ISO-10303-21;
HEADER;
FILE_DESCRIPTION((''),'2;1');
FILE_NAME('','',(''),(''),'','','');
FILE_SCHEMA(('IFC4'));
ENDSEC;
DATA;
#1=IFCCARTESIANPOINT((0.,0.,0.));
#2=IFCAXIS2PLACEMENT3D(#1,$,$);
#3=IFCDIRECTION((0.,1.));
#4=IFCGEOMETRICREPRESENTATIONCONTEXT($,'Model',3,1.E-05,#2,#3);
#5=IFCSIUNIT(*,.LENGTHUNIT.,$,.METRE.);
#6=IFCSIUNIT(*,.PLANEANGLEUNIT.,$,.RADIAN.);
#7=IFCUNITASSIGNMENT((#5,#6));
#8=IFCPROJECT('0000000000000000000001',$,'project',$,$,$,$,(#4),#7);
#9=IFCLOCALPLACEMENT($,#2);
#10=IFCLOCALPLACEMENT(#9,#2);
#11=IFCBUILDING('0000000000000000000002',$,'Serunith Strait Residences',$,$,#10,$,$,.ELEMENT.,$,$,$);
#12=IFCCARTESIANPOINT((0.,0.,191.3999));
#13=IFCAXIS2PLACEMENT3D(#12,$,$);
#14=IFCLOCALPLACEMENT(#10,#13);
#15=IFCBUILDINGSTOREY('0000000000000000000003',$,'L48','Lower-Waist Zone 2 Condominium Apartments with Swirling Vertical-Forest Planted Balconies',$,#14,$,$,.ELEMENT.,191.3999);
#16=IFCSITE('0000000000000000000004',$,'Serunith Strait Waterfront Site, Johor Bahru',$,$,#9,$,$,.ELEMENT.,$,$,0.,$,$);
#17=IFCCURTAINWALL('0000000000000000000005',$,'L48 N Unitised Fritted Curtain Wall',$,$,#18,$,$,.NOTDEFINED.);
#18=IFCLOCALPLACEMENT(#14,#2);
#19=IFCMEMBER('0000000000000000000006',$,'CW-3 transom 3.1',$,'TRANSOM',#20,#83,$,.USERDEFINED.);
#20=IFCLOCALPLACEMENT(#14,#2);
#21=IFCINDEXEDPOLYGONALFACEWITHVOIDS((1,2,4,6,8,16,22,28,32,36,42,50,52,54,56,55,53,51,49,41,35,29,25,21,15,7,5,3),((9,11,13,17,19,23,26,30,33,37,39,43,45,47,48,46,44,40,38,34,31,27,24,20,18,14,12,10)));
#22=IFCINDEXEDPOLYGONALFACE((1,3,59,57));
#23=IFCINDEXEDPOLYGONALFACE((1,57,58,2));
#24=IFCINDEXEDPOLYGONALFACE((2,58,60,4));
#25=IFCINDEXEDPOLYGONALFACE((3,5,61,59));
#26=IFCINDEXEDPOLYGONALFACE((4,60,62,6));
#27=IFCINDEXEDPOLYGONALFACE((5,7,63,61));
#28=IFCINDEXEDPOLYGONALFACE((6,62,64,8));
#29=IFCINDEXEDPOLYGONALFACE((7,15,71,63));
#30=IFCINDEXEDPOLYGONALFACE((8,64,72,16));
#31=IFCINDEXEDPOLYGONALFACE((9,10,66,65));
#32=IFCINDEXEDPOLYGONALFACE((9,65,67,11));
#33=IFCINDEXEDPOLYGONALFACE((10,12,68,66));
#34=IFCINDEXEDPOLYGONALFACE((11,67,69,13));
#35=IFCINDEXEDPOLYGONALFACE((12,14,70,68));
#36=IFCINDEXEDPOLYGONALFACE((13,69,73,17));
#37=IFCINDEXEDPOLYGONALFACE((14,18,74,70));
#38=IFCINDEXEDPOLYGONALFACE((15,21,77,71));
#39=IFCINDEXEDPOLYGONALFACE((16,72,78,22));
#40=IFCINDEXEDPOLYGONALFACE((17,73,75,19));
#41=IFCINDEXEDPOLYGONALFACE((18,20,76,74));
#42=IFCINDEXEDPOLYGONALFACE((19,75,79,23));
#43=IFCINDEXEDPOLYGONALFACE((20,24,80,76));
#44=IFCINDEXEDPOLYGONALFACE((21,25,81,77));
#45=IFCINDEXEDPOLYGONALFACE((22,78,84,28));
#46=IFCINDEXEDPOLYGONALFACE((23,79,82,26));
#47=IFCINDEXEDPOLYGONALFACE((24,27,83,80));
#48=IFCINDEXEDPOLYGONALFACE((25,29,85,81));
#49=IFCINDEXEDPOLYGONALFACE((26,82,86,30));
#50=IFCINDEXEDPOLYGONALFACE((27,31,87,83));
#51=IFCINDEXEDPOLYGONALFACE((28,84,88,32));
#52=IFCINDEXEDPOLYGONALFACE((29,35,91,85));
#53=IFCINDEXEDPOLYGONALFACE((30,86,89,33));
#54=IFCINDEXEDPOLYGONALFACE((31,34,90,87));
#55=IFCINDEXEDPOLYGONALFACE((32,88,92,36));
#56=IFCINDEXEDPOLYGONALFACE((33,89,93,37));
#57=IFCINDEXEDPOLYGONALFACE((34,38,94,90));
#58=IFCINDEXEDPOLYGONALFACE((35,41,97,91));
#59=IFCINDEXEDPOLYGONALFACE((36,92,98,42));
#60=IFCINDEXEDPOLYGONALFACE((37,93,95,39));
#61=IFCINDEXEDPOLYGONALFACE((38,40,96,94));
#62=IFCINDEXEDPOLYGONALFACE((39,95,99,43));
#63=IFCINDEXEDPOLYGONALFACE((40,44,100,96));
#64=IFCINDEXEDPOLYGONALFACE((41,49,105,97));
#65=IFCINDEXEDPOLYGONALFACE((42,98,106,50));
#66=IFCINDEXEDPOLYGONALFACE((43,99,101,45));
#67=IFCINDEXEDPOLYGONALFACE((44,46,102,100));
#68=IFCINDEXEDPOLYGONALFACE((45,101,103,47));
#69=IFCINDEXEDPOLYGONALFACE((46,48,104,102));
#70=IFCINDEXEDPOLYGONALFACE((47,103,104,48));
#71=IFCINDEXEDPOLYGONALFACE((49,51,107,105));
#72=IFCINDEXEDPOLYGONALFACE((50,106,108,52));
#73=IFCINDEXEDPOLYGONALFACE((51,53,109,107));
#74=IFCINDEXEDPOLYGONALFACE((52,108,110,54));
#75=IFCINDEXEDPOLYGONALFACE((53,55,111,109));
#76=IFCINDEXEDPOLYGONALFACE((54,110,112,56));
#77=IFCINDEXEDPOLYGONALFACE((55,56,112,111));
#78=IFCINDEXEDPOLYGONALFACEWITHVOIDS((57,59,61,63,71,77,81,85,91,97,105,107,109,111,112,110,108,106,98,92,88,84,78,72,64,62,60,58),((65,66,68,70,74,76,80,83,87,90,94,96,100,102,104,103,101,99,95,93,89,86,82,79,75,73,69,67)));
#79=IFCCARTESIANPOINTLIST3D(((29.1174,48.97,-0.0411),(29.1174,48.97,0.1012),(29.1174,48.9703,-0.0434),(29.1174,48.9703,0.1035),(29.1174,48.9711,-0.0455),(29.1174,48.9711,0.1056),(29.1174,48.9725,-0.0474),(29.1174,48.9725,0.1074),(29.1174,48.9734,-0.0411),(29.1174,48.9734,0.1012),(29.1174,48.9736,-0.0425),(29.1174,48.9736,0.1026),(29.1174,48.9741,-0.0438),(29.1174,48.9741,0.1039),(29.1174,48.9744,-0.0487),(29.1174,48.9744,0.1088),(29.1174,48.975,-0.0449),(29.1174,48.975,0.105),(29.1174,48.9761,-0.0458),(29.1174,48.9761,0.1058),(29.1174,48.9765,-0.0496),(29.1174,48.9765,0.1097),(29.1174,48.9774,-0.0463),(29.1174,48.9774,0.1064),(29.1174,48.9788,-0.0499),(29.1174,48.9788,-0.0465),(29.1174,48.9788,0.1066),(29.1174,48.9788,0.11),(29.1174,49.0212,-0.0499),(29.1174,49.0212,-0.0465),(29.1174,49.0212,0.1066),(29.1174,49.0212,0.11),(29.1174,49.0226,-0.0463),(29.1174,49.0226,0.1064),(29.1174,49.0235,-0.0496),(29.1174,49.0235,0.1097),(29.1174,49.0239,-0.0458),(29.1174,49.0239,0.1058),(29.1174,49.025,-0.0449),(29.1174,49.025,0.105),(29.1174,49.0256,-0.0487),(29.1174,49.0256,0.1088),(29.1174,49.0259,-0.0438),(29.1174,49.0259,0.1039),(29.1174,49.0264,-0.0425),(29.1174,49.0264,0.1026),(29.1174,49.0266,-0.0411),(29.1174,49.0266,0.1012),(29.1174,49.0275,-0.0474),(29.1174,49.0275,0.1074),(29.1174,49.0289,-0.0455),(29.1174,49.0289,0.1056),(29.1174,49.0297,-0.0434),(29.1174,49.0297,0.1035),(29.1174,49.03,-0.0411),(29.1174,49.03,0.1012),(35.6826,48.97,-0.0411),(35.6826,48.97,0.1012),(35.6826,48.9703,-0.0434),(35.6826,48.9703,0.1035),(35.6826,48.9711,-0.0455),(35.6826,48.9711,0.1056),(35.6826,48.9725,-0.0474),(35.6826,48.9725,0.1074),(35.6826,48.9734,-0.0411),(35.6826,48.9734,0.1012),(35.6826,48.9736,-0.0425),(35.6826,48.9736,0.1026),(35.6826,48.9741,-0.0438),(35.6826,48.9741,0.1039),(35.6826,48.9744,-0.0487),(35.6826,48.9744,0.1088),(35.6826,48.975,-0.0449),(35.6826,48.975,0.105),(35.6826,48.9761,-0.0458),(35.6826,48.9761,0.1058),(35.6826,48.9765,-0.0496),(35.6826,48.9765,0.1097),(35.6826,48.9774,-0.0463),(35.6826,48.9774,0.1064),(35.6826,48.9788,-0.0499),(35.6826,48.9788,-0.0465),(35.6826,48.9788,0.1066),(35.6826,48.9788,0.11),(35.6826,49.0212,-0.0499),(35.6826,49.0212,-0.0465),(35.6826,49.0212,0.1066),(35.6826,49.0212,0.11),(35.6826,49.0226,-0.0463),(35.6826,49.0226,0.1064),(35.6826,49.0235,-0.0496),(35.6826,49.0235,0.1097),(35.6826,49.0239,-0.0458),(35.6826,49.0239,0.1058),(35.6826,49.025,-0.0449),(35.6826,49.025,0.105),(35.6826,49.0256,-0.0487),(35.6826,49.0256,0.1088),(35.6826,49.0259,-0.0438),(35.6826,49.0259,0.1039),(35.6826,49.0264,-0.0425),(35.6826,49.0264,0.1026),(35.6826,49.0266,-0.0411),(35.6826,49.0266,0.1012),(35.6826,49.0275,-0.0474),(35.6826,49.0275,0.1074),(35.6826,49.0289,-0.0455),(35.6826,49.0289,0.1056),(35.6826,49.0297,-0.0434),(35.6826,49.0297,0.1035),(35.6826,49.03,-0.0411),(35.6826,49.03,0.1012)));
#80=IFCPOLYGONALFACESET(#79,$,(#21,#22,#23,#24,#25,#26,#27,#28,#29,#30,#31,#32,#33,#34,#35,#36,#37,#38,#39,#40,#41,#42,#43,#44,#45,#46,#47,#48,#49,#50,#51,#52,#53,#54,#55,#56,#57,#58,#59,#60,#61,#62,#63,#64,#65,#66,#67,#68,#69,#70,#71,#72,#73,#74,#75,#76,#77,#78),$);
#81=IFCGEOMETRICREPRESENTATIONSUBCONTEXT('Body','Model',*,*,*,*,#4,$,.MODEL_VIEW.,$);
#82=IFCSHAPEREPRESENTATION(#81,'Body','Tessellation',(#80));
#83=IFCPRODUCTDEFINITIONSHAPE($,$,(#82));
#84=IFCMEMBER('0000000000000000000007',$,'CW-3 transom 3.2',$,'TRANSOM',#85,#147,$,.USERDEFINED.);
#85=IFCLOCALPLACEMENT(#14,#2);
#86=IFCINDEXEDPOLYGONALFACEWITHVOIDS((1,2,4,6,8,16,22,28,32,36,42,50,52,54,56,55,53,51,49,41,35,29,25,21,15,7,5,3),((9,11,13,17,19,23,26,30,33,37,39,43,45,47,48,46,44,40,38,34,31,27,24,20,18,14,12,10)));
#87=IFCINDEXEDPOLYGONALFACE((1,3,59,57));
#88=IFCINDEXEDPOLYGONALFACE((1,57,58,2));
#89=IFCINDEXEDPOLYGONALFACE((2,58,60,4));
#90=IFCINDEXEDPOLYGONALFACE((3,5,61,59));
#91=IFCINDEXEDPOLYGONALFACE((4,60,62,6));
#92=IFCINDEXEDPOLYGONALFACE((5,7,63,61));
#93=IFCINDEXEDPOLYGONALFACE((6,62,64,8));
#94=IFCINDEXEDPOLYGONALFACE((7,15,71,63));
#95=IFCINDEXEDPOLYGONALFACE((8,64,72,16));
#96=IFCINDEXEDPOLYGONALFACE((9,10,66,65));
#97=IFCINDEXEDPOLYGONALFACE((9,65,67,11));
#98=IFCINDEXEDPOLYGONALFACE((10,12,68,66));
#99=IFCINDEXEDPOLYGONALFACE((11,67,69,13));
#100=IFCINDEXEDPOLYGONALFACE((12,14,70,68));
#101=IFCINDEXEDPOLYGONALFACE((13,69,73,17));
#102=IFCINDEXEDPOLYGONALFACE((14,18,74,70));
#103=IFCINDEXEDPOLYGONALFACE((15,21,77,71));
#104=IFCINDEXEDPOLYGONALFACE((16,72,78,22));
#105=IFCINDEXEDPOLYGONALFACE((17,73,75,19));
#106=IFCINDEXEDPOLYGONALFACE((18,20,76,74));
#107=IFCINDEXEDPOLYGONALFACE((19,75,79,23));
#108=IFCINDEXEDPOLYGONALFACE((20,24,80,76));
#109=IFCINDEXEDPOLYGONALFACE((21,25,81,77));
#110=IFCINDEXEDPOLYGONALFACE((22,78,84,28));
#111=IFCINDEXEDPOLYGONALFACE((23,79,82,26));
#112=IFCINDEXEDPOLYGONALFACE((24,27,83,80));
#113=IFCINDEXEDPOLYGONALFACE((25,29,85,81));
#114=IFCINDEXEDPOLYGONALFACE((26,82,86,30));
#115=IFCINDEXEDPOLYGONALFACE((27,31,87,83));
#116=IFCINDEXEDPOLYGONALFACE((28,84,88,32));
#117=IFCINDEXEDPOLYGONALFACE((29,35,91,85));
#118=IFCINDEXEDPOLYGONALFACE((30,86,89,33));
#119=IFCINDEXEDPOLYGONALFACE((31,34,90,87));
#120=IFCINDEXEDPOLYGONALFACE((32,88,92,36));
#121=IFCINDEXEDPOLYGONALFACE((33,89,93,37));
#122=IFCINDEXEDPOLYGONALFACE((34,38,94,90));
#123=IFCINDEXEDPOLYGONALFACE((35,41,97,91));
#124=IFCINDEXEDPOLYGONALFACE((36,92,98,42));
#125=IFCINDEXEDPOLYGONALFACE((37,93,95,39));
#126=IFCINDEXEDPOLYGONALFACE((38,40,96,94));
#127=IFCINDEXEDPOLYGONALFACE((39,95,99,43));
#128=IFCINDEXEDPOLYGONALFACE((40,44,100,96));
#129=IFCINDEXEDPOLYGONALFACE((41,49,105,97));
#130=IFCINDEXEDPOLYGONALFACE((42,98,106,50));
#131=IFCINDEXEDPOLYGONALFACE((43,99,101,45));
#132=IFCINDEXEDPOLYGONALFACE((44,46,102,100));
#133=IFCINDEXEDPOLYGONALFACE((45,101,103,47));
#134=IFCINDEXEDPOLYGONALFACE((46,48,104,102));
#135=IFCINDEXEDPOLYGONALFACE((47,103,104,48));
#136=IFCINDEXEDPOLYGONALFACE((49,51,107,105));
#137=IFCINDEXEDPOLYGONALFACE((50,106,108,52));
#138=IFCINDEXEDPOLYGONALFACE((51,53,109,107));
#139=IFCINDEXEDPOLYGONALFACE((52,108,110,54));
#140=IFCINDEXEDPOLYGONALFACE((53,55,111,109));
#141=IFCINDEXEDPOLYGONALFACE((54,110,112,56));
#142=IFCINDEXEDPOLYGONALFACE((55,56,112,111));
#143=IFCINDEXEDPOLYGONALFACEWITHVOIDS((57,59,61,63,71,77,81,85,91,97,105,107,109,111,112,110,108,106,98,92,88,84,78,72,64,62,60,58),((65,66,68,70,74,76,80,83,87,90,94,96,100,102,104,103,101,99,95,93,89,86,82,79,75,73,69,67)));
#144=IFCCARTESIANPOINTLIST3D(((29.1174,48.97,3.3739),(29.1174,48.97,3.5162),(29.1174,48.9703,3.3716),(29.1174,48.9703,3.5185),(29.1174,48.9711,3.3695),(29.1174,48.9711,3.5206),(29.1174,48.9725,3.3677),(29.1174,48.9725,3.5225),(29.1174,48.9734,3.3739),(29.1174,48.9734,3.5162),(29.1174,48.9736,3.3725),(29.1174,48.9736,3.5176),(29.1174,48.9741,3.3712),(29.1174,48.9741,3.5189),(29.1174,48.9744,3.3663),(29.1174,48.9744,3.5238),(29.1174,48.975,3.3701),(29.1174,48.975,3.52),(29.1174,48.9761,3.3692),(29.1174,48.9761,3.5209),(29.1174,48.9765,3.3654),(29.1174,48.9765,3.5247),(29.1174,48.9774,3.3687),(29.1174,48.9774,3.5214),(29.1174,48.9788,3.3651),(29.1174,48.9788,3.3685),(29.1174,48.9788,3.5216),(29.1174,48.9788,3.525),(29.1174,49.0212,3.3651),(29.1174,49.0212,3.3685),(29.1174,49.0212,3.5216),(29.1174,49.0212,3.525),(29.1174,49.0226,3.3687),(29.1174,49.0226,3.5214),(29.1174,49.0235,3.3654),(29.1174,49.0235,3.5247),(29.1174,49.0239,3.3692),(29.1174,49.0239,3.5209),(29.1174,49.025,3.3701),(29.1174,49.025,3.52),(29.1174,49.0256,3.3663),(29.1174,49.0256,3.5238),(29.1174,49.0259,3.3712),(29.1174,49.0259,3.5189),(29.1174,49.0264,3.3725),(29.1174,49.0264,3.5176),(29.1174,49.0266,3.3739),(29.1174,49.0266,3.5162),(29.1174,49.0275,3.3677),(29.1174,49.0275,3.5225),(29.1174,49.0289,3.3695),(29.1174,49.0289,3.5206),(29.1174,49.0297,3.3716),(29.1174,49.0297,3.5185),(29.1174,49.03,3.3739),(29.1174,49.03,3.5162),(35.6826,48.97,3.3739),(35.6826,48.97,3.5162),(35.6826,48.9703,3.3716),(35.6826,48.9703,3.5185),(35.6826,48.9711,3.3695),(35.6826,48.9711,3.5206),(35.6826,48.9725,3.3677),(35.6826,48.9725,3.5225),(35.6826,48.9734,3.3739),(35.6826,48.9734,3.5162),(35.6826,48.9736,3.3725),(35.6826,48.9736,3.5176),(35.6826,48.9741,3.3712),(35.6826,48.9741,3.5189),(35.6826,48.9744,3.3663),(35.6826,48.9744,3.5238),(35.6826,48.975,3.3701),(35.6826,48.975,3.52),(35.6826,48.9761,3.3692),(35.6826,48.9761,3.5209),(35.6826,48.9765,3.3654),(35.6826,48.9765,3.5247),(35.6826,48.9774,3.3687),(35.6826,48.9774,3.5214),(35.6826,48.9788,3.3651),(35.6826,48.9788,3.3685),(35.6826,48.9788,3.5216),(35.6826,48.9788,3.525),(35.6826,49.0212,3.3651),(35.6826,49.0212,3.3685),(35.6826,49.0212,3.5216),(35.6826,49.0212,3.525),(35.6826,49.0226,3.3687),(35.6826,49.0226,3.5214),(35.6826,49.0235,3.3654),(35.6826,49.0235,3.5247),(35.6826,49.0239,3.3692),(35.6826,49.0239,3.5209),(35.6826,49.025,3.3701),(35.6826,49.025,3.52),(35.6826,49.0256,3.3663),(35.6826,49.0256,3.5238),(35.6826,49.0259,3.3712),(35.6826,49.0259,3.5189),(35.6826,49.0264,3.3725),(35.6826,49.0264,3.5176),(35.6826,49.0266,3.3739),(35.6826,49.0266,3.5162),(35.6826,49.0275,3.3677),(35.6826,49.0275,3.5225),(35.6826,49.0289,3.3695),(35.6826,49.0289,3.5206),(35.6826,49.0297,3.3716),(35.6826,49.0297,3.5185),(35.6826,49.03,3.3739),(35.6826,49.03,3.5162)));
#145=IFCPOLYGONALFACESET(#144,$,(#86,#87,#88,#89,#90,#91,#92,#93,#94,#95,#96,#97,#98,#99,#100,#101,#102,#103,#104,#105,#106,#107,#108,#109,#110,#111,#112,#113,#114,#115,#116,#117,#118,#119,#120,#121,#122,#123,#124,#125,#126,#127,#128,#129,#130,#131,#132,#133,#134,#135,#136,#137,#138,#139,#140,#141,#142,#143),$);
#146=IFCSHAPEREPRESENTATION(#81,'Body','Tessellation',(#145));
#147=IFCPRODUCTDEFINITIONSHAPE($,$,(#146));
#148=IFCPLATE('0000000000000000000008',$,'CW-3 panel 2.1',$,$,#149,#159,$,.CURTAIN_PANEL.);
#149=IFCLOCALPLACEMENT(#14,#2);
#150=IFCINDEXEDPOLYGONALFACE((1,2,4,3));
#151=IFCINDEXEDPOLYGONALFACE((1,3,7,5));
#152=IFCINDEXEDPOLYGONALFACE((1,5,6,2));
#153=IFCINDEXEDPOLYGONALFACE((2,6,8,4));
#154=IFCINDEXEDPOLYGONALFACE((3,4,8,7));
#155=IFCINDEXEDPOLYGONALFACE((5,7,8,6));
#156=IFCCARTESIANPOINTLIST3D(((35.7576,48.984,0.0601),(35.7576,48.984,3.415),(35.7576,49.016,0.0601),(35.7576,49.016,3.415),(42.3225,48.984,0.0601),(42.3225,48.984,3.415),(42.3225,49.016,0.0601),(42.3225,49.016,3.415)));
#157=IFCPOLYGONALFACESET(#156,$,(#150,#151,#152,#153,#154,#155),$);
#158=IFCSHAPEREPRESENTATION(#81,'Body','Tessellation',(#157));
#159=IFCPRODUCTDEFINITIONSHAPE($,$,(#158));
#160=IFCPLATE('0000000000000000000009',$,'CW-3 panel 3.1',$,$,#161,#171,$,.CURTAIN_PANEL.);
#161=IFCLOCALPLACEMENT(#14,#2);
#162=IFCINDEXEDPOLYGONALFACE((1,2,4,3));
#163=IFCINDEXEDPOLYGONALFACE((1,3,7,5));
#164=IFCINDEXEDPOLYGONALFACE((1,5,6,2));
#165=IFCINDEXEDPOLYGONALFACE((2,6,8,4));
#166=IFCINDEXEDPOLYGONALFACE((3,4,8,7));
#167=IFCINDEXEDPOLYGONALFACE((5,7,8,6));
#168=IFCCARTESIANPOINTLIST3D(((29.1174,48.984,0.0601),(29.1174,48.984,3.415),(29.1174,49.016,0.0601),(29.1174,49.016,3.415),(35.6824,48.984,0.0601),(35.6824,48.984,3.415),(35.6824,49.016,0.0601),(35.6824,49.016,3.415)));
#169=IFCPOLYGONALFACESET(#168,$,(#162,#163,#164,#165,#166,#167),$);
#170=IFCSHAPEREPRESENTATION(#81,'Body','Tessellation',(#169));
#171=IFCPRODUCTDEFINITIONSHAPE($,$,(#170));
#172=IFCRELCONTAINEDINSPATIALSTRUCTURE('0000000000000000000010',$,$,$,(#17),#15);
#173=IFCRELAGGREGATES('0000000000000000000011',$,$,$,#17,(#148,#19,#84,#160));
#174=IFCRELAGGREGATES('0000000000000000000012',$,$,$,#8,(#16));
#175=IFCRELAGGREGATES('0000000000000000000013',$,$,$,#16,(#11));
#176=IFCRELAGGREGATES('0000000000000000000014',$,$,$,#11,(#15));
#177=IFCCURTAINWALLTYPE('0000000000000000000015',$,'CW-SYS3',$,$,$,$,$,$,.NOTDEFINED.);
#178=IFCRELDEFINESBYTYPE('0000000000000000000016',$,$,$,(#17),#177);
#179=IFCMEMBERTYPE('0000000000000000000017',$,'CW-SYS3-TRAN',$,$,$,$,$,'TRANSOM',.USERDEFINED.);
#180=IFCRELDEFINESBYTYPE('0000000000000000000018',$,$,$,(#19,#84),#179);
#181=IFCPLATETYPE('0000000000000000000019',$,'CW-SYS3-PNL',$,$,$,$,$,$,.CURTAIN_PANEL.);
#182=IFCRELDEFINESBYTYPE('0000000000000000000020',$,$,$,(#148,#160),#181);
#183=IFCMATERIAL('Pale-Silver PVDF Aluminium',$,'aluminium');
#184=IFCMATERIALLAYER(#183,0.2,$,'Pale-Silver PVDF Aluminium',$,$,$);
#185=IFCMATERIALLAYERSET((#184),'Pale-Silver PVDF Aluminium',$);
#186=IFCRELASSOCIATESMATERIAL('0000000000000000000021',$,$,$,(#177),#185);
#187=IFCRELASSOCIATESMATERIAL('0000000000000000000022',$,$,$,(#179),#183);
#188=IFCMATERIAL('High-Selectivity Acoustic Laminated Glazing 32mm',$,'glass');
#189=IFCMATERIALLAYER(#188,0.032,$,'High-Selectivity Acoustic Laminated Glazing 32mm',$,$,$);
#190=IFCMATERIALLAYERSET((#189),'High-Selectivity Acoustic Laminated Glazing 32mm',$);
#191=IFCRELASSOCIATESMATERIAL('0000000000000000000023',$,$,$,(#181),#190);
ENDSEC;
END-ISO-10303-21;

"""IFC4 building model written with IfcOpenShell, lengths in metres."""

from ifc_helpers import new_model, si_unit, direction, frame, origin, origin_2d, place, context, subcontext, project, spatial, rectangle, hollow_rectangle, extrude, source, transform, mapped, material, layer, layer_set, material_profile, profile_set, type_object, element, aggregate, save


model = new_model("IFC4")

# Units and contexts
model_context = context("Model", 3, precision=1e-05, world=origin(), true_north=direction((0.0, 1.0)))
body_context = subcontext(model_context, "Body", "Model", "MODEL_VIEW")
ifc_project = project(units=[si_unit("LENGTHUNIT", "METRE"), si_unit("PLANEANGLEUNIT", "RADIAN")], contexts=[model_context])

# Site, building, storey
site_placement = place(None, origin())
site = spatial("IfcSite", under=ifc_project, at=site_placement, Name="Serunith Strait Waterfront Site, Johor Bahru", CompositionType="ELEMENT", RefElevation=0.0)
building_placement = place(site_placement, origin())
building = spatial("IfcBuilding", under=site, at=building_placement, Name="Serunith Strait Residences", CompositionType="ELEMENT")
storey_placement = place(building_placement, frame((0.0, 0.0, 191.3999)))
storey = spatial("IfcBuildingStorey", under=building, at=storey_placement, Name="L48", Description="Lower-Waist Zone 2 Condominium Apartments with Swirling Vertical-Forest Planted Balconies", CompositionType="ELEMENT", Elevation=191.3999)

# Curtain wall, members, plates
ifc_material_1 = material(Name="Pale-Silver PVDF Aluminium", Category="aluminium")
ifc_layer_1 = layer(ifc_material_1, 0.2, Name="Pale-Silver PVDF Aluminium")
ifc_layer_set_1 = layer_set([ifc_layer_1], Name="Pale-Silver PVDF Aluminium")
curtain_wall_type = type_object("IfcCurtainWallType", Name="CW-SYS3", PredefinedType="NOTDEFINED", material=ifc_layer_set_1)
curtain_wall_placement = place(storey_placement, origin())
curtain_wall = element("IfcCurtainWall", 1, at=curtain_wall_placement, inside=storey, type_object=curtain_wall_type, Name="L48 N Unitised Fritted Curtain Wall", PredefinedType="NOTDEFINED")
ifc_material_profile_1 = material_profile(ifc_material_1, hollow_rectangle(XDim=0.0601, YDim=0.1599, WallThickness=0.0034, InnerFilletRadius=0.0054, OuterFilletRadius=0.0088, at=origin_2d()), Name="ALU 160x60x3.5")
ifc_profile_set_1 = profile_set([ifc_material_profile_1], Name="Pale-Silver PVDF Aluminium")
member_type_1 = type_object("IfcMemberType", Name="CW-SYS3-TRAN", ElementType="TRANSOM", PredefinedType="USERDEFINED", material=ifc_profile_set_1)
shared_shape_1 = source(origin(), body_context, "Body", "SweptSolid", [
    extrude(hollow_rectangle(XDim=0.0601, YDim=0.1599, WallThickness=0.0034, InnerFilletRadius=0.0054, OuterFilletRadius=0.0088, at=origin_2d()), origin(), (0.0, 0.0, 1.0), 6.5652),
])
member_1_placement = place(storey_placement, frame((35.6826, 49.0, 0.03), z_axis=(-1.0, 0.0, 0.0), x_axis=(0.0, -1.0, 0.0)))
member_1 = element("IfcMember", 2, at=member_1_placement, type_object=member_type_1, Name="CW-3 transom 3.1", ObjectType="TRANSOM", PredefinedType="USERDEFINED", context=body_context, shape_type="MappedRepresentation", body=[
    mapped(shared_shape_1, transform((0.0, 0.0, 0.0), scale=1.0)),
])
member_2_placement = place(storey_placement, frame((35.6826, 49.0, 3.4451), z_axis=(-1.0, 0.0, 0.0), x_axis=(0.0, -1.0, 0.0)))
member_2 = element("IfcMember", 3, at=member_2_placement, type_object=member_type_1, Name="CW-3 transom 3.2", ObjectType="TRANSOM", PredefinedType="USERDEFINED", context=body_context, shape_type="MappedRepresentation", body=[
    mapped(shared_shape_1, transform((0.0, 0.0, 0.0), scale=1.0)),
])
ifc_material_2 = material(Name="High-Selectivity Acoustic Laminated Glazing 32mm", Category="glass")
ifc_layer_2 = layer(ifc_material_2, 0.032, Name="High-Selectivity Acoustic Laminated Glazing 32mm")
ifc_layer_set_2 = layer_set([ifc_layer_2], Name="High-Selectivity Acoustic Laminated Glazing 32mm")
plate_type = type_object("IfcPlateType", Name="CW-SYS3-PNL", PredefinedType="CURTAIN_PANEL", material=ifc_layer_set_2)
shared_shape_2 = source(origin(), body_context, "Body", "SweptSolid", [
    extrude(rectangle(XDim=6.5649, YDim=0.032, at=origin_2d()), origin(), (0.0, 0.0, 1.0), 3.355),
])
plate_1_placement = place(storey_placement, frame((39.04, 49.0, 0.0601), z_axis=(0.0, 0.0, 1.0), x_axis=(-1.0, 0.0, 0.0)))
plate_1 = element("IfcPlate", 4, at=plate_1_placement, type_object=plate_type, Name="CW-3 panel 2.1", PredefinedType="CURTAIN_PANEL", context=body_context, shape_type="MappedRepresentation", body=[
    mapped(shared_shape_2, transform((0.0, 0.0, 0.0), scale=1.0)),
])
plate_2_placement = place(storey_placement, frame((32.3999, 49.0, 0.0601), z_axis=(0.0, 0.0, 1.0), x_axis=(-1.0, 0.0, 0.0)))
plate_2 = element("IfcPlate", 5, at=plate_2_placement, type_object=plate_type, Name="CW-3 panel 3.1", PredefinedType="CURTAIN_PANEL", context=body_context, shape_type="MappedRepresentation", body=[
    mapped(shared_shape_2, transform((0.0, 0.0, 0.0), scale=1.0)),
])
aggregate(curtain_wall, [plate_1, member_1, member_2, plate_2])

save(model, "model.ifc")
